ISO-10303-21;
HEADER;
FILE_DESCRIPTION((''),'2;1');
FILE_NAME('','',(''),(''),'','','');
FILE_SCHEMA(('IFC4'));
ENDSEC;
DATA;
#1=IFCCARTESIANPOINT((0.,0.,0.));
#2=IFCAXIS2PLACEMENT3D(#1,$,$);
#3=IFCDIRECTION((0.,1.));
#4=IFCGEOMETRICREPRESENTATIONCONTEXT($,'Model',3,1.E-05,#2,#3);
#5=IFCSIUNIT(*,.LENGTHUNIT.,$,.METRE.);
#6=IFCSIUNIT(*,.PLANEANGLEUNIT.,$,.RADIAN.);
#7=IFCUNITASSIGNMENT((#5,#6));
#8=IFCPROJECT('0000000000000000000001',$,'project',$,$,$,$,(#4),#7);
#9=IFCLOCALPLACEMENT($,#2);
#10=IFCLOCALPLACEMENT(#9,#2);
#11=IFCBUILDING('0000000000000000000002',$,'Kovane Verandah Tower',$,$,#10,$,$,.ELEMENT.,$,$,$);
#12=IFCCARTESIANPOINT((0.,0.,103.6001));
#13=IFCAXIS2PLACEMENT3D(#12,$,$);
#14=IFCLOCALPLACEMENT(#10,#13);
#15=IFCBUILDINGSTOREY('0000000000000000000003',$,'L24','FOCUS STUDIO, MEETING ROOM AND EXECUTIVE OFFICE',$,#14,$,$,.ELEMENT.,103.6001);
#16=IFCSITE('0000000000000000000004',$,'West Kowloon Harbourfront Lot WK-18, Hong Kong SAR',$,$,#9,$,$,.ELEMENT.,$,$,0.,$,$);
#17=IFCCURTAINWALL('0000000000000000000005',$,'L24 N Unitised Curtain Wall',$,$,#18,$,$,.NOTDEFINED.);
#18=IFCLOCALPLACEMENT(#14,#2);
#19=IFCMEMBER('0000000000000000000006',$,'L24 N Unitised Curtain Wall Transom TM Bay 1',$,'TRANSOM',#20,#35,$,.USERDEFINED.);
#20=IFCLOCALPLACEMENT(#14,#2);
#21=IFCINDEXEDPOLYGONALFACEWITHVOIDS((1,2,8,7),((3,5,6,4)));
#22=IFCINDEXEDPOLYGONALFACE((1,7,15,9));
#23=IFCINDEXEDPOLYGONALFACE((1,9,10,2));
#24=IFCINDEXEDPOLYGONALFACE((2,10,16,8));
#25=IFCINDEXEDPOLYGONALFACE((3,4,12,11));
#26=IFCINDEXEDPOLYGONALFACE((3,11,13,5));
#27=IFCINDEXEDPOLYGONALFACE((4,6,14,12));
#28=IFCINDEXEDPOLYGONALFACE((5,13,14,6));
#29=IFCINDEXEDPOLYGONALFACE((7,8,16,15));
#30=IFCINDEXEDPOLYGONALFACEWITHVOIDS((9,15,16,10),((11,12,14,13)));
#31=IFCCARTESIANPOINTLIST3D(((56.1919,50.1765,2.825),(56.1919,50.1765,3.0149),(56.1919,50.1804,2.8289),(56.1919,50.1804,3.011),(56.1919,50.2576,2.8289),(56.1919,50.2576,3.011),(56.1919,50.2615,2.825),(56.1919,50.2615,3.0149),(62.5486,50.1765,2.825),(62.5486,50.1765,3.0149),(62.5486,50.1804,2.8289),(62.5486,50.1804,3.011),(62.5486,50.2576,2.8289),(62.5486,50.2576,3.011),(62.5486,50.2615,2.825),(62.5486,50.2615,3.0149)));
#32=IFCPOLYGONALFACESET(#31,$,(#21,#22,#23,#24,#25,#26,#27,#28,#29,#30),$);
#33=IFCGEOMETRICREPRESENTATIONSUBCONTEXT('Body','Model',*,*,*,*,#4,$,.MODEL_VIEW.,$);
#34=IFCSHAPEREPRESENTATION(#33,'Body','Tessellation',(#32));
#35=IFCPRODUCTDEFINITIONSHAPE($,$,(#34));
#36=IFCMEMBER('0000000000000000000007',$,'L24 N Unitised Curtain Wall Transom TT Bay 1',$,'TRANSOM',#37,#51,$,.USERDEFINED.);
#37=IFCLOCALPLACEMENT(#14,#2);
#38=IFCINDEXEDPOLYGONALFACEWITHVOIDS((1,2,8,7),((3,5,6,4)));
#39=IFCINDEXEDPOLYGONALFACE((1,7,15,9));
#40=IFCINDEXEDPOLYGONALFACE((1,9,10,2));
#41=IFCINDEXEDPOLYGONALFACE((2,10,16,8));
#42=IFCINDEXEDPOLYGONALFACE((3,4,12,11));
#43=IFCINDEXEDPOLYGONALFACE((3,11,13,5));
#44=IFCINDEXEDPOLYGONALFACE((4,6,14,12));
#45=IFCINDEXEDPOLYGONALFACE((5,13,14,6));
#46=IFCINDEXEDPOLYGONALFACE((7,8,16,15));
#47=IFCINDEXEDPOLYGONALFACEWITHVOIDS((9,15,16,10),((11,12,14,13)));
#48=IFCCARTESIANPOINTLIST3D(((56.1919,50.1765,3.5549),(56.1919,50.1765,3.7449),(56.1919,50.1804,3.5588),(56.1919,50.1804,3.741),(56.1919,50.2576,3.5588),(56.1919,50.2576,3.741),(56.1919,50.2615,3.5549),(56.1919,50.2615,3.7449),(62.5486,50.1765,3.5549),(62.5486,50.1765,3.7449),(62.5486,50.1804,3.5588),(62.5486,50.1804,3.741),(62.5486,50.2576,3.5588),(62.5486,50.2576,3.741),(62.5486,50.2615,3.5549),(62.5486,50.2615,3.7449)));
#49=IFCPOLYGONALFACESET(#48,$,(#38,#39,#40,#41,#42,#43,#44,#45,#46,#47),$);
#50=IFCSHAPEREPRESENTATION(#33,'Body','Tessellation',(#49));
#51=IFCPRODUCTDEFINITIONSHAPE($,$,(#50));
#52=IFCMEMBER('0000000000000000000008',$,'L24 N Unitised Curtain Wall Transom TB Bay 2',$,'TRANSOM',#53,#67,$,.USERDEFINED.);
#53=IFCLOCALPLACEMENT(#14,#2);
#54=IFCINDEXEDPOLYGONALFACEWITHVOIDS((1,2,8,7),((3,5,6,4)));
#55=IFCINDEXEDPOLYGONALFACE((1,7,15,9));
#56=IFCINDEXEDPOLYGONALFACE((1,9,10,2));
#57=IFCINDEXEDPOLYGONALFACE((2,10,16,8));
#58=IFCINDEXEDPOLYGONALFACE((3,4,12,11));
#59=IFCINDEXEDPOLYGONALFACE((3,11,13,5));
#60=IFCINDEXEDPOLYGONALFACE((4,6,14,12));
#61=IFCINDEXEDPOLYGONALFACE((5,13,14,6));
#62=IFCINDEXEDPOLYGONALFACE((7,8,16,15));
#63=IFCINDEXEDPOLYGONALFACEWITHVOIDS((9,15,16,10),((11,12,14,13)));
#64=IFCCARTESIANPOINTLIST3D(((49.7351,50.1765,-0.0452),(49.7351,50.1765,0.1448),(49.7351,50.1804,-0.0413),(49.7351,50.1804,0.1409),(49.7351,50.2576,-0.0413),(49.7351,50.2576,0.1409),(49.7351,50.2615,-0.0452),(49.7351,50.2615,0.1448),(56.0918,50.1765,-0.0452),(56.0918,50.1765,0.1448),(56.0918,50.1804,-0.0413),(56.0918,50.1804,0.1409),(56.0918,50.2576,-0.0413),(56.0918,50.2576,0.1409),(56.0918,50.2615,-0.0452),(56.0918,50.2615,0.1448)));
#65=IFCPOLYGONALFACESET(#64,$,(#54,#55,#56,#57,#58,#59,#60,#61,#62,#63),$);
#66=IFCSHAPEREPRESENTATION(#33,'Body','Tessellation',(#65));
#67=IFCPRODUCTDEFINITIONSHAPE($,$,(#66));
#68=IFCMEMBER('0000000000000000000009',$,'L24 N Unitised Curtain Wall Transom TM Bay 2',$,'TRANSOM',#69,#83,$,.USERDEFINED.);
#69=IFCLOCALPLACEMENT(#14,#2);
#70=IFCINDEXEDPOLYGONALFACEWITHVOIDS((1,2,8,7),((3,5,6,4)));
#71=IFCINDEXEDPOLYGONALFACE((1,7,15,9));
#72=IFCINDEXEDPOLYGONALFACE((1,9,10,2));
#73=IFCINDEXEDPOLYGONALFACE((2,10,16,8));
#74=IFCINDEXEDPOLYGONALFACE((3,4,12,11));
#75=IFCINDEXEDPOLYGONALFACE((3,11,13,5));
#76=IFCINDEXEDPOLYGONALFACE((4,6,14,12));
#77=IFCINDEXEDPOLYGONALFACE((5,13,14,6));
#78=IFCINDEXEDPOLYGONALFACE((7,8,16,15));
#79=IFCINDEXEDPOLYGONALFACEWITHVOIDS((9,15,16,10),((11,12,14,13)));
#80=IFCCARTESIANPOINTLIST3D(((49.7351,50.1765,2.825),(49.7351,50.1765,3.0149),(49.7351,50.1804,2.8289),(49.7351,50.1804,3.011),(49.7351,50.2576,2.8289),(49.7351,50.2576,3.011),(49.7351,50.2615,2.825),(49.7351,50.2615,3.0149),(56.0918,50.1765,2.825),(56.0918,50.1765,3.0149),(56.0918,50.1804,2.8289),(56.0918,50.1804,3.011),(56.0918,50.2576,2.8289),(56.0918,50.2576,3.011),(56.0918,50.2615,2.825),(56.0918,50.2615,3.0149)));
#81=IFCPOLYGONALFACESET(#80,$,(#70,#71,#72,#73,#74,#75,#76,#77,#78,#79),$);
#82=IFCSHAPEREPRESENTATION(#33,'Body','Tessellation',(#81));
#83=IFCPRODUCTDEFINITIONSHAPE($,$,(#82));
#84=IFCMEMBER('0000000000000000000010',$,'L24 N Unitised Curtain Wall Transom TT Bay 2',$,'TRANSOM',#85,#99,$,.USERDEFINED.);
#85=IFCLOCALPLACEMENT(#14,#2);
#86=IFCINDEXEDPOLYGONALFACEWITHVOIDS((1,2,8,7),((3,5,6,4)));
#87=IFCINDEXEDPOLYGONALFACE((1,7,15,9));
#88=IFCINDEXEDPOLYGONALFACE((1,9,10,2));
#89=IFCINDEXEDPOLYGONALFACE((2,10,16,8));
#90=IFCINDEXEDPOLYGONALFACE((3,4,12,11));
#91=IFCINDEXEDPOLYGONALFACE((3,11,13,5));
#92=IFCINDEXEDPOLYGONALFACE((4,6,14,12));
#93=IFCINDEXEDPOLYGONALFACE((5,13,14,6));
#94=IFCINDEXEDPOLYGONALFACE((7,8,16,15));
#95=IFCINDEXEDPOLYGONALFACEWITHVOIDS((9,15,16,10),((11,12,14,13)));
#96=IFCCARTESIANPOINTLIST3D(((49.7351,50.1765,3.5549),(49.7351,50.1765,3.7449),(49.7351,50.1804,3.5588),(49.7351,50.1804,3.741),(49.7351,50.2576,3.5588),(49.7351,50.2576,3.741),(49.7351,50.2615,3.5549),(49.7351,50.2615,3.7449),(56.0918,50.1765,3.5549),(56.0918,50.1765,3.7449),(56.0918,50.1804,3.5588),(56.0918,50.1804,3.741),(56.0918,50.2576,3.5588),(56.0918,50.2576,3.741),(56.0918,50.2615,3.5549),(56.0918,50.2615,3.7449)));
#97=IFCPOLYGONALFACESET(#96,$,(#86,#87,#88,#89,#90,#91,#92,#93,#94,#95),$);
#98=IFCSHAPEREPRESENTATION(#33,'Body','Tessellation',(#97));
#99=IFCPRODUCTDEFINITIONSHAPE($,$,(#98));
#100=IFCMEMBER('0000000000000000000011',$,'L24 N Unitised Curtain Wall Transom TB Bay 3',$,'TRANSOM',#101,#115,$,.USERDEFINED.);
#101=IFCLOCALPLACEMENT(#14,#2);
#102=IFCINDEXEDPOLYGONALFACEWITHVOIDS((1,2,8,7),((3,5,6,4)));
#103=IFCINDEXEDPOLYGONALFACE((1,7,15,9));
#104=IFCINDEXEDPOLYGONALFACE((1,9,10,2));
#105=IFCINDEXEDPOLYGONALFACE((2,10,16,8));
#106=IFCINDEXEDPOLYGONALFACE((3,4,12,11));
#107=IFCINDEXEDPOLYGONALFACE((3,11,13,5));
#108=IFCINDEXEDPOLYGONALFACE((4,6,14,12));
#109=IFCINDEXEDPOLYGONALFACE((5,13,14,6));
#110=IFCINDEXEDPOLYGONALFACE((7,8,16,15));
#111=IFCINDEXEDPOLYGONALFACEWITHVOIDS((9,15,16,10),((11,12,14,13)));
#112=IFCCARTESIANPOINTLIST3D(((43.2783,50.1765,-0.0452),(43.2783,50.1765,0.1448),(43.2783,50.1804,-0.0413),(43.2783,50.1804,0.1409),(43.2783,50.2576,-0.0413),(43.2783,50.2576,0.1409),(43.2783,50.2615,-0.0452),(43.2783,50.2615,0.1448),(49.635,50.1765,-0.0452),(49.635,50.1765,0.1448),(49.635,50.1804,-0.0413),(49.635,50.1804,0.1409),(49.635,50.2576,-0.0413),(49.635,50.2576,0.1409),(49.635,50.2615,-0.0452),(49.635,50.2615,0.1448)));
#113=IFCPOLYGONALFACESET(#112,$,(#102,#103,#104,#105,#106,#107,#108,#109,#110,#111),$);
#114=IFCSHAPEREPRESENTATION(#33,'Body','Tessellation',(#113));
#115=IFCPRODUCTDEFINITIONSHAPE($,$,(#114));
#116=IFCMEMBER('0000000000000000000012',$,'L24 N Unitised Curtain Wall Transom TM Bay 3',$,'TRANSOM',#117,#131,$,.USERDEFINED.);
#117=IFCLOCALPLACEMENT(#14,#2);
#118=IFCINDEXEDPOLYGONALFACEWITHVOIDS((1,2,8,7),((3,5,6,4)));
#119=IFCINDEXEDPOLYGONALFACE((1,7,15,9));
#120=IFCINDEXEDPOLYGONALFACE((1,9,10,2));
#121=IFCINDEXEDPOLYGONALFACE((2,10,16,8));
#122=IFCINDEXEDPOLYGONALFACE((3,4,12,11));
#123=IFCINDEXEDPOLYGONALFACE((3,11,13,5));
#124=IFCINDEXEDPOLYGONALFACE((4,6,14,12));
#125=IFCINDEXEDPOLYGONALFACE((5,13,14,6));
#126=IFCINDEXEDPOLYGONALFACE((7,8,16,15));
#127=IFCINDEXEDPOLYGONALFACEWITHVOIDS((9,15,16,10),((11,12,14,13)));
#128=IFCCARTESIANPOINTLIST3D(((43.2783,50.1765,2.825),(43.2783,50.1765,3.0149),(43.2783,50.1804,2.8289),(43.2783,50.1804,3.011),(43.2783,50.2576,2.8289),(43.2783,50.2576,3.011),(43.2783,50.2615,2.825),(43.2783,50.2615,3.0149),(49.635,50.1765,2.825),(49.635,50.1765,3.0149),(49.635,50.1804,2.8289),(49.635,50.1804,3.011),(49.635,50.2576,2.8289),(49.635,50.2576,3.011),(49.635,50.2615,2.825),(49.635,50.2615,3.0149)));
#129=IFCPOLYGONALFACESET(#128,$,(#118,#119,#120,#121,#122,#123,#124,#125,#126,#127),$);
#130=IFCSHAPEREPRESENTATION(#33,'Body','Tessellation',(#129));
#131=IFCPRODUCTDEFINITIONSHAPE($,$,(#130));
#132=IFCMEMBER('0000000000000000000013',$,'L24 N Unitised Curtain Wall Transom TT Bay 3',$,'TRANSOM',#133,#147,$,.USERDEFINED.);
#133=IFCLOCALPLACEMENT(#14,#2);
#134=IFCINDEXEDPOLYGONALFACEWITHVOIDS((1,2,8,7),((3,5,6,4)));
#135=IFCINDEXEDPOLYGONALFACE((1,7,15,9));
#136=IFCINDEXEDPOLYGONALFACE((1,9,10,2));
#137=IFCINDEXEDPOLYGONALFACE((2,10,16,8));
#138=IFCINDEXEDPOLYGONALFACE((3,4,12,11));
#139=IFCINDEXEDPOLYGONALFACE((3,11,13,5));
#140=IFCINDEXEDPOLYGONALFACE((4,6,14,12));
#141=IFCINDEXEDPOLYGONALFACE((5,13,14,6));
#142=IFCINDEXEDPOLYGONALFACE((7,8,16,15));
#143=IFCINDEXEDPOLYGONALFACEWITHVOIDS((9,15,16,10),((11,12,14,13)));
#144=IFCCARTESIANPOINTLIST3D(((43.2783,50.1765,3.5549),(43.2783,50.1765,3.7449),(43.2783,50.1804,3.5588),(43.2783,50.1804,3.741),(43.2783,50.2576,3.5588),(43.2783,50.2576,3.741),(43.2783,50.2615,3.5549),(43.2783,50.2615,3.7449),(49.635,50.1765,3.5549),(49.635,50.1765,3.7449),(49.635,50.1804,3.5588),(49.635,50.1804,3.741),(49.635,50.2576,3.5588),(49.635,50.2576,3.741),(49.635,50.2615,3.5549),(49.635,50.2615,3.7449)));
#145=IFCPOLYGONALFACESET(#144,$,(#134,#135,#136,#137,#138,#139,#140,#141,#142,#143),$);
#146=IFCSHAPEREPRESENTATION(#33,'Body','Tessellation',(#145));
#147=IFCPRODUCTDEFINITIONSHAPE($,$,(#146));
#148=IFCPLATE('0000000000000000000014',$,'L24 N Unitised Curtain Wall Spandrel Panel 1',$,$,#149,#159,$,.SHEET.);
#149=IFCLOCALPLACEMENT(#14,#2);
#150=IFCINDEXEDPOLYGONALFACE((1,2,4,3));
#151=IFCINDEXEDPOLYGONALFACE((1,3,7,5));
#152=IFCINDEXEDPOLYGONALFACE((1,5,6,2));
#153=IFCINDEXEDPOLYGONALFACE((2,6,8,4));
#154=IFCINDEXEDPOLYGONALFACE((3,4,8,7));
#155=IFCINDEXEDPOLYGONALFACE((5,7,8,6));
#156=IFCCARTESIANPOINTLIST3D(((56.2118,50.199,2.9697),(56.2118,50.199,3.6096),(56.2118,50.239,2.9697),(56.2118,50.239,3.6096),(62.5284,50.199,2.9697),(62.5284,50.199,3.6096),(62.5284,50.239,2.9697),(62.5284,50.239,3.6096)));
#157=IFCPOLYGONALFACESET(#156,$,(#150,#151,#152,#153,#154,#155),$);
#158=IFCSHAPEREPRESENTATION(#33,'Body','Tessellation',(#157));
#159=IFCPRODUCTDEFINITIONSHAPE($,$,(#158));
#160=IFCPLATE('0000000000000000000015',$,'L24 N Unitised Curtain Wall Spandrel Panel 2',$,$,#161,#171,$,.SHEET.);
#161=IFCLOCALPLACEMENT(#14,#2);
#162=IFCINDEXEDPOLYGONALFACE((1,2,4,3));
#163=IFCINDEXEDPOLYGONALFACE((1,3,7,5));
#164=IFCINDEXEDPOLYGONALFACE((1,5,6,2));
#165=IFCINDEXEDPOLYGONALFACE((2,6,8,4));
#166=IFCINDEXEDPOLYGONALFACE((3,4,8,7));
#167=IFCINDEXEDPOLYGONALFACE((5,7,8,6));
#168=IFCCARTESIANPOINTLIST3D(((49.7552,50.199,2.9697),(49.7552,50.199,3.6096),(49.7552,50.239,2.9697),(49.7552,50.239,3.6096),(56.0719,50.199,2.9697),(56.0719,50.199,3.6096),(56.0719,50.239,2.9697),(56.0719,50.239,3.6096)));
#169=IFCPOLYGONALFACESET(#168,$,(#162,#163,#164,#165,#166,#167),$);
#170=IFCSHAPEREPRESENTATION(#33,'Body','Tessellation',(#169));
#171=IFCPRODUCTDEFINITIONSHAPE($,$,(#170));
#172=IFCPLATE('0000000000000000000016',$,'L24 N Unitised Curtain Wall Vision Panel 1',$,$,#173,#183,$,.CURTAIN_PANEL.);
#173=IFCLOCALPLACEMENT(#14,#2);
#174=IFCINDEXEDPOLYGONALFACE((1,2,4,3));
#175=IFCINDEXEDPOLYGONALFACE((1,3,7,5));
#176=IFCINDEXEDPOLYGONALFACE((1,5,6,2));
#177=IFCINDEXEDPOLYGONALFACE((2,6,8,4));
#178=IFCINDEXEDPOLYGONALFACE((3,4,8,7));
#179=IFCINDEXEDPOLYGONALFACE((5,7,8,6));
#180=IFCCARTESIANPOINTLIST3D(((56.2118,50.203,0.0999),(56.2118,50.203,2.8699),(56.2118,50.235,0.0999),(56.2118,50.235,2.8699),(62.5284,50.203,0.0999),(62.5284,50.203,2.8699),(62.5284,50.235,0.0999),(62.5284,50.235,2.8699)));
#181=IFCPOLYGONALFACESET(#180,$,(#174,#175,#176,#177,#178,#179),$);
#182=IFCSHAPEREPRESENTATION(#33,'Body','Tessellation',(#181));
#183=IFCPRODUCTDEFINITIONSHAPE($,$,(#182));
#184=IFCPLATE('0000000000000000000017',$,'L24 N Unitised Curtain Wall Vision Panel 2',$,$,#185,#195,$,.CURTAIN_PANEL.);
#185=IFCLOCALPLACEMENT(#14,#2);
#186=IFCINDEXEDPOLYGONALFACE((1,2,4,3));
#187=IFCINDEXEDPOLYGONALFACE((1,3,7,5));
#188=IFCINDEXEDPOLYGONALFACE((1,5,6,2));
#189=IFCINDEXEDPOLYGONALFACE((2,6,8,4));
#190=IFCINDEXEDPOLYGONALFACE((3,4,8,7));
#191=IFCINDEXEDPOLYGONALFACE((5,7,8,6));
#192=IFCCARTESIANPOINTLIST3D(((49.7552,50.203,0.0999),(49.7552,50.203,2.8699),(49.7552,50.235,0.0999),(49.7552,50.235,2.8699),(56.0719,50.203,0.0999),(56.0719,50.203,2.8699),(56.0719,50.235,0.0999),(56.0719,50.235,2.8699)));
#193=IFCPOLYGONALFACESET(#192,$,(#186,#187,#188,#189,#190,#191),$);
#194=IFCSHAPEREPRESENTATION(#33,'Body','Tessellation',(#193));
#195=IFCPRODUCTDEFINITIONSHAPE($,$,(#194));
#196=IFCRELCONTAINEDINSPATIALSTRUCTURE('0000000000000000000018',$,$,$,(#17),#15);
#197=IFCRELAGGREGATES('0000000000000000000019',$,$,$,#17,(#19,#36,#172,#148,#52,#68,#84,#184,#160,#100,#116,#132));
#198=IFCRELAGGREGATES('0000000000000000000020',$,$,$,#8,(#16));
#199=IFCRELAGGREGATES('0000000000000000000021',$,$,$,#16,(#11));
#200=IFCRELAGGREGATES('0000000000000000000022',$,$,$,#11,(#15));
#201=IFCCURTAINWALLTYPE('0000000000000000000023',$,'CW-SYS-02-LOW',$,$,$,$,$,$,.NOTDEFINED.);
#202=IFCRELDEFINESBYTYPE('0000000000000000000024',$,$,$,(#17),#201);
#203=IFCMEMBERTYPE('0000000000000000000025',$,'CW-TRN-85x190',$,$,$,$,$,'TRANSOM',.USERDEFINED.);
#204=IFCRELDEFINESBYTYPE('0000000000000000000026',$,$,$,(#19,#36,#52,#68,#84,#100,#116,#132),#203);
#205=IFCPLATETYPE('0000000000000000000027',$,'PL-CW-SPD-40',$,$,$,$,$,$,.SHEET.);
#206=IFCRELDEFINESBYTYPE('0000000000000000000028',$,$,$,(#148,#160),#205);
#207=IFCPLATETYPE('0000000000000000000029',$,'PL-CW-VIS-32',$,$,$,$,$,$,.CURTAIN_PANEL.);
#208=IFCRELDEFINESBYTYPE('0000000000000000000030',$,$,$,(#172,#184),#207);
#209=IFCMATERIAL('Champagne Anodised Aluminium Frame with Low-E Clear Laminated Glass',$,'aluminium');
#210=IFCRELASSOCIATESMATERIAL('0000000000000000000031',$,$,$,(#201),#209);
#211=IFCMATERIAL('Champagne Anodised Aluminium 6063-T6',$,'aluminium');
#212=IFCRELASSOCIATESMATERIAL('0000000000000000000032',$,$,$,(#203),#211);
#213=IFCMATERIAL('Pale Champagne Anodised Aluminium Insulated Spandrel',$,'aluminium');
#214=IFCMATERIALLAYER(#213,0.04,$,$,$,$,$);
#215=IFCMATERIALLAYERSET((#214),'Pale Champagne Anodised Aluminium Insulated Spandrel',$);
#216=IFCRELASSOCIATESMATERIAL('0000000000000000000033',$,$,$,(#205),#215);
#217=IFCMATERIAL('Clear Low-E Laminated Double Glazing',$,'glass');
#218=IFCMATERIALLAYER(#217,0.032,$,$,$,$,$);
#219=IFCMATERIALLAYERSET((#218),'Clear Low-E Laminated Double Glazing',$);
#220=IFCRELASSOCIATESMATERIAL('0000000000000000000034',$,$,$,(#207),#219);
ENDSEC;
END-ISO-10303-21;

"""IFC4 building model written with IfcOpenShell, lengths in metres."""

from ifc_helpers import new_model, si_unit, direction, frame, origin, origin_2d, place, context, subcontext, project, spatial, rectangle, hollow_rectangle, extrude, material, layer, layer_set, material_profile, profile_set, type_object, element, aggregate, save


model = new_model("IFC4")

# Units and contexts
model_context = context("Model", 3, precision=1e-05, world=origin(), true_north=direction((0.0, 1.0)))
body_context = subcontext(model_context, "Body", "Model", "MODEL_VIEW")
ifc_project = project(units=[si_unit("LENGTHUNIT", "METRE"), si_unit("PLANEANGLEUNIT", "RADIAN")], contexts=[model_context])

# Site, building, storey
site_placement = place(None, origin())
site = spatial("IfcSite", under=ifc_project, at=site_placement, Name="West Kowloon Harbourfront Lot WK-18, Hong Kong SAR", CompositionType="ELEMENT", RefElevation=0.0)
building_placement = place(site_placement, origin())
building = spatial("IfcBuilding", under=site, at=building_placement, Name="Kovane Verandah Tower", CompositionType="ELEMENT")
storey_placement = place(building_placement, frame((0.0, 0.0, 103.6001)))
storey = spatial("IfcBuildingStorey", under=building, at=storey_placement, Name="L24", Description="FOCUS STUDIO, MEETING ROOM AND EXECUTIVE OFFICE", CompositionType="ELEMENT", Elevation=103.6001)

# Curtain wall, members, plates
ifc_material_1 = material(Name="Champagne Anodised Aluminium Frame with Low-E Clear Laminated Glass", Category="aluminium")
curtain_wall_type = type_object("IfcCurtainWallType", Name="CW-SYS-02-LOW", PredefinedType="NOTDEFINED", material=ifc_material_1)
curtain_wall_placement = place(storey_placement, origin())
curtain_wall = element("IfcCurtainWall", 1, at=curtain_wall_placement, inside=storey, type_object=curtain_wall_type, Name="L24 N Unitised Curtain Wall", PredefinedType="NOTDEFINED")
ifc_material_2 = material(Name="Champagne Anodised Aluminium 6063-T6", Category="aluminium")
ifc_material_profile_1 = material_profile(ifc_material_2, hollow_rectangle(XDim=0.085, YDim=0.1899, WallThickness=0.0039, at=origin_2d()), Name="AL85x190x4")
ifc_profile_set_1 = profile_set([ifc_material_profile_1], Name="Champagne Anodised Aluminium 6063-T6")
member_type_1 = type_object("IfcMemberType", Name="CW-TRN-85x190", ElementType="TRANSOM", PredefinedType="USERDEFINED", material=ifc_profile_set_1)
member_1_placement = place(storey_placement, frame((62.5486, 50.219, 2.9199), z_axis=(-1.0, 0.0, 0.0), x_axis=(0.0, -1.0, 0.0)))
member_1 = element("IfcMember", 2, at=member_1_placement, type_object=member_type_1, Name="L24 N Unitised Curtain Wall Transom TM Bay 1", ObjectType="TRANSOM", PredefinedType="USERDEFINED", context=body_context, shape_type="SweptSolid", body=[
    extrude(hollow_rectangle(XDim=0.085, YDim=0.1899, WallThickness=0.0039, at=origin_2d()), origin(), (0.0, 0.0, 1.0), 6.3567),
])
member_2_placement = place(storey_placement, frame((62.5486, 50.219, 3.6499), z_axis=(-1.0, 0.0, 0.0), x_axis=(0.0, -1.0, 0.0)))
member_2 = element("IfcMember", 3, at=member_2_placement, type_object=member_type_1, Name="L24 N Unitised Curtain Wall Transom TT Bay 1", ObjectType="TRANSOM", PredefinedType="USERDEFINED", context=body_context, shape_type="SweptSolid", body=[
    extrude(hollow_rectangle(XDim=0.085, YDim=0.1899, WallThickness=0.0039, at=origin_2d()), origin(), (0.0, 0.0, 1.0), 6.3567),
])
member_3_placement = place(storey_placement, frame((56.0918, 50.219, 0.0498), z_axis=(-1.0, 0.0, 0.0), x_axis=(0.0, -1.0, 0.0)))
member_3 = element("IfcMember", 4, at=member_3_placement, type_object=member_type_1, Name="L24 N Unitised Curtain Wall Transom TB Bay 2", ObjectType="TRANSOM", PredefinedType="USERDEFINED", context=body_context, shape_type="SweptSolid", body=[
    extrude(hollow_rectangle(XDim=0.085, YDim=0.1899, WallThickness=0.0039, at=origin_2d()), origin(), (0.0, 0.0, 1.0), 6.3567),
])
member_4_placement = place(storey_placement, frame((56.0918, 50.219, 2.9199), z_axis=(-1.0, 0.0, 0.0), x_axis=(0.0, -1.0, 0.0)))
member_4 = element("IfcMember", 5, at=member_4_placement, type_object=member_type_1, Name="L24 N Unitised Curtain Wall Transom TM Bay 2", ObjectType="TRANSOM", PredefinedType="USERDEFINED", context=body_context, shape_type="SweptSolid", body=[
    extrude(hollow_rectangle(XDim=0.085, YDim=0.1899, WallThickness=0.0039, at=origin_2d()), origin(), (0.0, 0.0, 1.0), 6.3567),
])
member_5_placement = place(storey_placement, frame((56.0918, 50.219, 3.6499), z_axis=(-1.0, 0.0, 0.0), x_axis=(0.0, -1.0, 0.0)))
member_5 = element("IfcMember", 6, at=member_5_placement, type_object=member_type_1, Name="L24 N Unitised Curtain Wall Transom TT Bay 2", ObjectType="TRANSOM", PredefinedType="USERDEFINED", context=body_context, shape_type="SweptSolid", body=[
    extrude(hollow_rectangle(XDim=0.085, YDim=0.1899, WallThickness=0.0039, at=origin_2d()), origin(), (0.0, 0.0, 1.0), 6.3567),
])
member_6_placement = place(storey_placement, frame((49.635, 50.219, 0.0498), z_axis=(-1.0, 0.0, 0.0), x_axis=(0.0, -1.0, 0.0)))
member_6 = element("IfcMember", 7, at=member_6_placement, type_object=member_type_1, Name="L24 N Unitised Curtain Wall Transom TB Bay 3", ObjectType="TRANSOM", PredefinedType="USERDEFINED", context=body_context, shape_type="SweptSolid", body=[
    extrude(hollow_rectangle(XDim=0.085, YDim=0.1899, WallThickness=0.0039, at=origin_2d()), origin(), (0.0, 0.0, 1.0), 6.3567),
])
member_7_placement = place(storey_placement, frame((49.635, 50.219, 2.9199), z_axis=(-1.0, 0.0, 0.0), x_axis=(0.0, -1.0, 0.0)))
member_7 = element("IfcMember", 8, at=member_7_placement, type_object=member_type_1, Name="L24 N Unitised Curtain Wall Transom TM Bay 3", ObjectType="TRANSOM", PredefinedType="USERDEFINED", context=body_context, shape_type="SweptSolid", body=[
    extrude(hollow_rectangle(XDim=0.085, YDim=0.1899, WallThickness=0.0039, at=origin_2d()), origin(), (0.0, 0.0, 1.0), 6.3567),
])
member_8_placement = place(storey_placement, frame((49.635, 50.219, 3.6499), z_axis=(-1.0, 0.0, 0.0), x_axis=(0.0, -1.0, 0.0)))
member_8 = element("IfcMember", 9, at=member_8_placement, type_object=member_type_1, Name="L24 N Unitised Curtain Wall Transom TT Bay 3", ObjectType="TRANSOM", PredefinedType="USERDEFINED", context=body_context, shape_type="SweptSolid", body=[
    extrude(hollow_rectangle(XDim=0.085, YDim=0.1899, WallThickness=0.0039, at=origin_2d()), origin(), (0.0, 0.0, 1.0), 6.3567),
])
ifc_material_3 = material(Name="Pale Champagne Anodised Aluminium Insulated Spandrel", Category="aluminium")
ifc_layer_1 = layer(ifc_material_3, 0.04)
ifc_layer_set_1 = layer_set([ifc_layer_1], Name="Pale Champagne Anodised Aluminium Insulated Spandrel")
plate_type_1 = type_object("IfcPlateType", Name="PL-CW-SPD-40", PredefinedType="SHEET", material=ifc_layer_set_1)
plate_1_placement = place(storey_placement, frame((59.3701, 50.219, 2.9697), z_axis=(0.0, 0.0, 1.0), x_axis=(-1.0, 0.0, 0.0)))
plate_1 = element("IfcPlate", 10, at=plate_1_placement, type_object=plate_type_1, Name="L24 N Unitised Curtain Wall Spandrel Panel 1", PredefinedType="SHEET", context=body_context, shape_type="SweptSolid", body=[
    extrude(rectangle(XDim=6.3167, YDim=0.04, at=origin_2d()), origin(), (0.0, 0.0, 1.0), 0.6399),
])
plate_2_placement = place(storey_placement, frame((52.9136, 50.219, 2.9697), z_axis=(0.0, 0.0, 1.0), x_axis=(-1.0, 0.0, 0.0)))
plate_2 = element("IfcPlate", 11, at=plate_2_placement, type_object=plate_type_1, Name="L24 N Unitised Curtain Wall Spandrel Panel 2", PredefinedType="SHEET", context=body_context, shape_type="SweptSolid", body=[
    extrude(rectangle(XDim=6.3167, YDim=0.04, at=origin_2d()), origin(), (0.0, 0.0, 1.0), 0.6399),
])
ifc_material_4 = material(Name="Clear Low-E Laminated Double Glazing", Category="glass")
ifc_layer_2 = layer(ifc_material_4, 0.032)
ifc_layer_set_2 = layer_set([ifc_layer_2], Name="Clear Low-E Laminated Double Glazing")
plate_type_2 = type_object("IfcPlateType", Name="PL-CW-VIS-32", PredefinedType="CURTAIN_PANEL", material=ifc_layer_set_2)
plate_3_placement = place(storey_placement, frame((59.3701, 50.219, 0.0999), z_axis=(0.0, 0.0, 1.0), x_axis=(-1.0, 0.0, 0.0)))
plate_3 = element("IfcPlate", 12, at=plate_3_placement, type_object=plate_type_2, Name="L24 N Unitised Curtain Wall Vision Panel 1", PredefinedType="CURTAIN_PANEL", context=body_context, shape_type="SweptSolid", body=[
    extrude(rectangle(XDim=6.3167, YDim=0.032, at=origin_2d()), origin(), (0.0, 0.0, 1.0), 2.77),
])
plate_4_placement = place(storey_placement, frame((52.9136, 50.219, 0.0999), z_axis=(0.0, 0.0, 1.0), x_axis=(-1.0, 0.0, 0.0)))
plate_4 = element("IfcPlate", 13, at=plate_4_placement, type_object=plate_type_2, Name="L24 N Unitised Curtain Wall Vision Panel 2", PredefinedType="CURTAIN_PANEL", context=body_context, shape_type="SweptSolid", body=[
    extrude(rectangle(XDim=6.3167, YDim=0.032, at=origin_2d()), origin(), (0.0, 0.0, 1.0), 2.77),
])
aggregate(curtain_wall, [member_1, member_2, plate_3, plate_1, member_3, member_4, member_5, plate_4, plate_2, member_6, member_7, member_8])

save(model, "model.ifc")
